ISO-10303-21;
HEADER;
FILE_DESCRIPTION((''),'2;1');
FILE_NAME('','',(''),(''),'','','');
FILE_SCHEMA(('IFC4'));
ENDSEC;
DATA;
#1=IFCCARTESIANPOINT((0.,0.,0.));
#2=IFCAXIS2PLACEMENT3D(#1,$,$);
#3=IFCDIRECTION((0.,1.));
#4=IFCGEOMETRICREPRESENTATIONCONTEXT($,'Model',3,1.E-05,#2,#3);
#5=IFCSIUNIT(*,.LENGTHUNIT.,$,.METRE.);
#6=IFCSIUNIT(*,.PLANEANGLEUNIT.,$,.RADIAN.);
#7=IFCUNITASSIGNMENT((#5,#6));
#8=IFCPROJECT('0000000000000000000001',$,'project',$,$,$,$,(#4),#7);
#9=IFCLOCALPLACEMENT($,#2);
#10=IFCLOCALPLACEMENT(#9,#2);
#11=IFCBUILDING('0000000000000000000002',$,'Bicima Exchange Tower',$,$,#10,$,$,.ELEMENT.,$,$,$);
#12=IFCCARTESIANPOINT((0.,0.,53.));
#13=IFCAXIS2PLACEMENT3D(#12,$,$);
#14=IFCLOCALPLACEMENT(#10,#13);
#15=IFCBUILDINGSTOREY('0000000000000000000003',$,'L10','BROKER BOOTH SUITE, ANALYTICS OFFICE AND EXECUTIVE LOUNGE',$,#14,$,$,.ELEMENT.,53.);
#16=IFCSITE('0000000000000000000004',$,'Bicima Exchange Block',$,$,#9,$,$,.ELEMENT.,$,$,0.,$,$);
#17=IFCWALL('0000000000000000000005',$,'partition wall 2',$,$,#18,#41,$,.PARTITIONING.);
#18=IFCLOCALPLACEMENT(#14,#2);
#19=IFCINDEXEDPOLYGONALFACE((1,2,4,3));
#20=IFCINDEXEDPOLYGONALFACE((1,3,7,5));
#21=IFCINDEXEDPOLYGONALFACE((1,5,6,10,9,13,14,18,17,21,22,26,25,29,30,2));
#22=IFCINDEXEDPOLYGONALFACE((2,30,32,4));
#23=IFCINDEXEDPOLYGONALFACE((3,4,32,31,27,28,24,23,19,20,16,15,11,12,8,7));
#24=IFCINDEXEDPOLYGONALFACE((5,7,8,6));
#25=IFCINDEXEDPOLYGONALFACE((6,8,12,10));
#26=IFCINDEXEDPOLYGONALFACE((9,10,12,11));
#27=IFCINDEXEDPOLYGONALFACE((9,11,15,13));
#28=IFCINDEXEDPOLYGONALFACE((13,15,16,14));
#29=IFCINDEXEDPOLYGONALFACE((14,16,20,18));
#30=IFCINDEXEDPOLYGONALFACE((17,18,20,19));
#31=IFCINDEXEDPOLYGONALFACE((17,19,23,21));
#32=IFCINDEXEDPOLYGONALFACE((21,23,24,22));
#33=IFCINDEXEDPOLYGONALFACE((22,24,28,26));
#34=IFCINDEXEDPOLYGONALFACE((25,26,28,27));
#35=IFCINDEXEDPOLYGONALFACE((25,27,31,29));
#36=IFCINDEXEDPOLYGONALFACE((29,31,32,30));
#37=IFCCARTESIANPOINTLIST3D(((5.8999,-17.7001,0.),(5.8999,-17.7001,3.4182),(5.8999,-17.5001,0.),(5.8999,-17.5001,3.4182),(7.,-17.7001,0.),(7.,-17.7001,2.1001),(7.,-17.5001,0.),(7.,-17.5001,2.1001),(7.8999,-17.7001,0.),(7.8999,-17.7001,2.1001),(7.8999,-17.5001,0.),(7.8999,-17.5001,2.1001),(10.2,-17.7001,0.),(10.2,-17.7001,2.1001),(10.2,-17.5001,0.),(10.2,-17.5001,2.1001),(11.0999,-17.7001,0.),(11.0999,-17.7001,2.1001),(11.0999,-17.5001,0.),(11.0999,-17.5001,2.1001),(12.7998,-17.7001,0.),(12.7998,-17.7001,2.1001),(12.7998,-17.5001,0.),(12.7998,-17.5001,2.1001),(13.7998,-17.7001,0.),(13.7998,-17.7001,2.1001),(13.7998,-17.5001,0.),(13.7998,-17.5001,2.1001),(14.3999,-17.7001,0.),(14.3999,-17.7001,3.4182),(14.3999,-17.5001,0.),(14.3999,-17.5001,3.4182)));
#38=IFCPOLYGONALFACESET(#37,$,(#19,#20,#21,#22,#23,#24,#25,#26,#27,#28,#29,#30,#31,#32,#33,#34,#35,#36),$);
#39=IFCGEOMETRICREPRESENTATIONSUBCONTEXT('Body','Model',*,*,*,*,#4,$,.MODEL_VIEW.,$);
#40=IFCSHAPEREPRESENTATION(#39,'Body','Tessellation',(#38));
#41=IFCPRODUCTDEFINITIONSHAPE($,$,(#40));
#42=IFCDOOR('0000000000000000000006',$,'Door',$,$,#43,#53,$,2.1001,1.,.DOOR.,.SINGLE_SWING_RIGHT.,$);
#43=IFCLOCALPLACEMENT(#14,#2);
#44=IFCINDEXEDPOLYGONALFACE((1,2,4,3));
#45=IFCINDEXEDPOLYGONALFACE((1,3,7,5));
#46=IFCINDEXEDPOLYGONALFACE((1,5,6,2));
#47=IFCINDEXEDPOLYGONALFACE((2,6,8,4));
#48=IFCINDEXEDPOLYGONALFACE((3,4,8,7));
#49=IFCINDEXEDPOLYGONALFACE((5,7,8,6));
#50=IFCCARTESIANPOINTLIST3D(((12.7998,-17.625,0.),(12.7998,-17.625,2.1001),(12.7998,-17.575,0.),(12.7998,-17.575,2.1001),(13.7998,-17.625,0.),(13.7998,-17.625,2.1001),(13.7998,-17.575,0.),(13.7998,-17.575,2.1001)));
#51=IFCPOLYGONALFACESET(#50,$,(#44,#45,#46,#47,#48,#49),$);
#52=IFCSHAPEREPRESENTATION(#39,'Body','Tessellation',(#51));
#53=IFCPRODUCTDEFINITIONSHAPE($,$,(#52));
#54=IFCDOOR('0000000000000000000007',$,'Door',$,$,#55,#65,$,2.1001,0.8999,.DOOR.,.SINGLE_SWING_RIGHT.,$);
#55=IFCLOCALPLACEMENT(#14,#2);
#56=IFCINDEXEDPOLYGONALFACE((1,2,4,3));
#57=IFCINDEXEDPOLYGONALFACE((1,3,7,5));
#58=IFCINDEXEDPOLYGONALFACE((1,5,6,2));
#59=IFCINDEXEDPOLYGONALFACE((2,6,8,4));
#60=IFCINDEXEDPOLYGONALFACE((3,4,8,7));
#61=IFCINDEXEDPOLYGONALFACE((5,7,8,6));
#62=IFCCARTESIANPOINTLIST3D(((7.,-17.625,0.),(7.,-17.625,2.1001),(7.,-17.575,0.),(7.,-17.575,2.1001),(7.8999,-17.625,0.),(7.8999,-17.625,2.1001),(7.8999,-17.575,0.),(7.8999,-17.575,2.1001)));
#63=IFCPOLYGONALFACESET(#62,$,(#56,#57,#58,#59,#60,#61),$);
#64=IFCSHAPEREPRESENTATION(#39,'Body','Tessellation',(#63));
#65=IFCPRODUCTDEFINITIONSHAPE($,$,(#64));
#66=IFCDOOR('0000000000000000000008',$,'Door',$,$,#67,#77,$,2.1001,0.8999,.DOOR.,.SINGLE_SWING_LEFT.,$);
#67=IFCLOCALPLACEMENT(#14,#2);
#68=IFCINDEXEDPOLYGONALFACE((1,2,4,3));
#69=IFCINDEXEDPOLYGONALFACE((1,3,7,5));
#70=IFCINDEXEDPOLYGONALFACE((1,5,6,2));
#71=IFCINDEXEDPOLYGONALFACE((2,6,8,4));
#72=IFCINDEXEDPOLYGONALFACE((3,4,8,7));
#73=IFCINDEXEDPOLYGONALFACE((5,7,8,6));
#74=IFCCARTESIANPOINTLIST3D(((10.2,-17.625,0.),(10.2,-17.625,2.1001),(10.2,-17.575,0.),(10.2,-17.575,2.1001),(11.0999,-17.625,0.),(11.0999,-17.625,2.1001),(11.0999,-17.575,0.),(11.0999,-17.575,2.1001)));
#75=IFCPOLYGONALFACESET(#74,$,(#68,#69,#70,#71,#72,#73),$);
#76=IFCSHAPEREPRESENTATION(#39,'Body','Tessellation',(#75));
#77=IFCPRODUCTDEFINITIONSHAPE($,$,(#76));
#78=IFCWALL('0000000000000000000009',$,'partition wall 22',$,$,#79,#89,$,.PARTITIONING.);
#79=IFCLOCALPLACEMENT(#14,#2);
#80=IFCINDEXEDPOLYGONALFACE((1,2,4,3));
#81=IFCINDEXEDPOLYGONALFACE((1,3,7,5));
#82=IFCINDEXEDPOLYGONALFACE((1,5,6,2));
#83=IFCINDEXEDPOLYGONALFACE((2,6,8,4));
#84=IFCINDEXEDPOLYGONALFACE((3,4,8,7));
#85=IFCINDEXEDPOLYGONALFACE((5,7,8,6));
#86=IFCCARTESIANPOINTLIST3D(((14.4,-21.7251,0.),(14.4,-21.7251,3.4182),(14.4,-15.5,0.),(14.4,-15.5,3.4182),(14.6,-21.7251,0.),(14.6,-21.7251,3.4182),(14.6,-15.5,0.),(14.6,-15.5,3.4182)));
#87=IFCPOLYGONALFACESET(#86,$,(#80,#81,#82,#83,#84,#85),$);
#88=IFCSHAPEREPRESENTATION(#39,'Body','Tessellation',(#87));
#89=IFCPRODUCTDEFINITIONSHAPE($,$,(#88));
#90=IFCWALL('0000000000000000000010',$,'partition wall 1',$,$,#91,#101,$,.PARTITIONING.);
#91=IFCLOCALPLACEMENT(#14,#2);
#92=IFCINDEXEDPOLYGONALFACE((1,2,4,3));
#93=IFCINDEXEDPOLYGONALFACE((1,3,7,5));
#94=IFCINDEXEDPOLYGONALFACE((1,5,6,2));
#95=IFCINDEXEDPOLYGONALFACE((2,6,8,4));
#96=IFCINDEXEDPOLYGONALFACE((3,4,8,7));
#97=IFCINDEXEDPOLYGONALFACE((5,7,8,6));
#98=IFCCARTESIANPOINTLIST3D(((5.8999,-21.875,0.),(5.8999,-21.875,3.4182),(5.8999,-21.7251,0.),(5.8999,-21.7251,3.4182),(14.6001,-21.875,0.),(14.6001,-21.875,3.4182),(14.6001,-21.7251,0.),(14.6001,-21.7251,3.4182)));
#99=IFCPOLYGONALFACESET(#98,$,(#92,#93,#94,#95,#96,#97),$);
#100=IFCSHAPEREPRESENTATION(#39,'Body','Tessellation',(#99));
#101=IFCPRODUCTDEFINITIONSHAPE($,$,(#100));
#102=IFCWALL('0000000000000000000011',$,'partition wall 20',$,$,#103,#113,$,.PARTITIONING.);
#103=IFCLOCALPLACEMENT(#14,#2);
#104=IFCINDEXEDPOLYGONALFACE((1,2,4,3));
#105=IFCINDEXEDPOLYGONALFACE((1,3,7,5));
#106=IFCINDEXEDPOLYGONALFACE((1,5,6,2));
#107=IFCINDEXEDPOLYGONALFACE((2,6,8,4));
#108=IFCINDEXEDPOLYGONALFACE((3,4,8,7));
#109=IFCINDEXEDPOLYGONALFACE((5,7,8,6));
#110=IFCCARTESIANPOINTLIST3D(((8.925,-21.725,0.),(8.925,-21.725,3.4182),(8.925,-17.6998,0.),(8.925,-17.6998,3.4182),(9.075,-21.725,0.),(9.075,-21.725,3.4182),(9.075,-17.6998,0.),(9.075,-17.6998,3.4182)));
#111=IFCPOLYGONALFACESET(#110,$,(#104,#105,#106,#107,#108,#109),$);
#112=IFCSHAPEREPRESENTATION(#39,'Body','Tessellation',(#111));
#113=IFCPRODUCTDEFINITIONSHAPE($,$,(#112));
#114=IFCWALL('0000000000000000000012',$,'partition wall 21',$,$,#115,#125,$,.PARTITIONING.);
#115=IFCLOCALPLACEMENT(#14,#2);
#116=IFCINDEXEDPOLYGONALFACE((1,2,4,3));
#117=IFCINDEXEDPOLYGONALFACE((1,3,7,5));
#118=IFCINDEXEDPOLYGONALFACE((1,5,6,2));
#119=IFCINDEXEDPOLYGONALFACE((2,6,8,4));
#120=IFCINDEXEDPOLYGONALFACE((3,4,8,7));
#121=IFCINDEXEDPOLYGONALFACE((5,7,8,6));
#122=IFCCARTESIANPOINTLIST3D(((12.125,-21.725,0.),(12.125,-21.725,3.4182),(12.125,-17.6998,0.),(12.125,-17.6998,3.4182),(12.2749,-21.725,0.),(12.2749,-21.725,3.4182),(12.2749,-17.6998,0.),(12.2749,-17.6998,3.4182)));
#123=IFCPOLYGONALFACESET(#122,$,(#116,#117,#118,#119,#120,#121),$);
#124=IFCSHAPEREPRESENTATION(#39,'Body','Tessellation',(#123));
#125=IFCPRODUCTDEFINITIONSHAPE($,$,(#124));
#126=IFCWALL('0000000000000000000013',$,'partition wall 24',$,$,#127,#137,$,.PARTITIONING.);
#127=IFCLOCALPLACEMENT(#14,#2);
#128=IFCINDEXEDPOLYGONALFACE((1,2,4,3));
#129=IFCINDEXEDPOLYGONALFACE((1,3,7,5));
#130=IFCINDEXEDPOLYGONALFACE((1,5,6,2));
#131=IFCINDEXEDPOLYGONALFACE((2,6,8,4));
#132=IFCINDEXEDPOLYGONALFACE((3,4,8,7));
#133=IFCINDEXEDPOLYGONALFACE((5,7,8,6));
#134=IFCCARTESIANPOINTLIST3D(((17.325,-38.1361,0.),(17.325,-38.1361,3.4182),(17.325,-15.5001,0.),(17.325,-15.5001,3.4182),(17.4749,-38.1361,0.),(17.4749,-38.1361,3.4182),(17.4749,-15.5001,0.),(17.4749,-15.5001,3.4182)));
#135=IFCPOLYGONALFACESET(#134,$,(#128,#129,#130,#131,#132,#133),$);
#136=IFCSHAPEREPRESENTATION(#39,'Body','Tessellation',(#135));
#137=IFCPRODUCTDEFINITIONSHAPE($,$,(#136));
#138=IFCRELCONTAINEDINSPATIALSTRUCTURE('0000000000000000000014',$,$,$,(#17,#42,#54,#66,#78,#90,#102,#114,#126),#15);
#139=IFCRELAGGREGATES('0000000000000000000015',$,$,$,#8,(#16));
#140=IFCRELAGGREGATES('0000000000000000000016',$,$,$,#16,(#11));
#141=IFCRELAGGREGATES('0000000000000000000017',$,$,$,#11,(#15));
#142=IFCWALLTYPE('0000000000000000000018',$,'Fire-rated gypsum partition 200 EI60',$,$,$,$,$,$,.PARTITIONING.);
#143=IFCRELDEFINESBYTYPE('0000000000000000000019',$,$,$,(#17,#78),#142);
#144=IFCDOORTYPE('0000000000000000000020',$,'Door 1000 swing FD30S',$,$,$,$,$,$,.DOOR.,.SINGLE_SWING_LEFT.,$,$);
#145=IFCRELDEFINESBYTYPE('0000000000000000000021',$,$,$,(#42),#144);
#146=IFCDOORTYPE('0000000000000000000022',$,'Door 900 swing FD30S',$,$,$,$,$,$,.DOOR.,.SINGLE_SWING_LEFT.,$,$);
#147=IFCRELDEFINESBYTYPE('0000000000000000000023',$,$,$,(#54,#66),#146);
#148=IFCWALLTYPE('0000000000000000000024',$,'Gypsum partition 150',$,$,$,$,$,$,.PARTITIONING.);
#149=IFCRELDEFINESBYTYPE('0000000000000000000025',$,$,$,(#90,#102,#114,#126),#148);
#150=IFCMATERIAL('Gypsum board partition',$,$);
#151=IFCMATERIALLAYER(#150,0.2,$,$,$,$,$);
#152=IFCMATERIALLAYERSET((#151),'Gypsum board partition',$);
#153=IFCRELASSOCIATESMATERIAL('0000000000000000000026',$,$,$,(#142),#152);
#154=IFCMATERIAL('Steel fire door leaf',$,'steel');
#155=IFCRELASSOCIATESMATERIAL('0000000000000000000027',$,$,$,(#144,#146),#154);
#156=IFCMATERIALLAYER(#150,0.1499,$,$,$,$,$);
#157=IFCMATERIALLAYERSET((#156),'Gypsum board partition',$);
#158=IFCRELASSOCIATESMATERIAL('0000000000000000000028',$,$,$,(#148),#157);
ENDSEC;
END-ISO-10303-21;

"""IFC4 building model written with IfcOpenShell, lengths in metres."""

from ifc_helpers import new_model, si_unit, direction, frame, frame_2d, origin, place, context, subcontext, project, spatial, rectangle, extrude, material, layer, layer_set, type_object, element, fill, save


model = new_model("IFC4")

# Units and contexts
model_context = context("Model", 3, precision=1e-05, world=origin(), true_north=direction((0.0, 1.0)))
body_context = subcontext(model_context, "Body", "Model", "MODEL_VIEW")
ifc_project = project(units=[si_unit("LENGTHUNIT", "METRE"), si_unit("PLANEANGLEUNIT", "RADIAN")], contexts=[model_context])

# Site, building, storey
site_placement = place(None, origin())
site = spatial("IfcSite", under=ifc_project, at=site_placement, Name="Bicima Exchange Block", CompositionType="ELEMENT", RefElevation=0.0)
building_placement = place(site_placement, origin())
building = spatial("IfcBuilding", under=site, at=building_placement, Name="Bicima Exchange Tower", CompositionType="ELEMENT")
storey_placement = place(building_placement, frame((0.0, 0.0, 53.0)))
storey = spatial("IfcBuildingStorey", under=building, at=storey_placement, Name="L10", Description="BROKER BOOTH SUITE, ANALYTICS OFFICE AND EXECUTIVE LOUNGE", CompositionType="ELEMENT", Elevation=53.0)

# Wall, openings, doors
ifc_material_1 = material(Name="Gypsum board partition")
ifc_layer_1 = layer(ifc_material_1, 0.2)
ifc_layer_set_1 = layer_set([ifc_layer_1], Name="Gypsum board partition")
wall_type_1 = type_object("IfcWallType", Name="Fire-rated gypsum partition 200 EI60", PredefinedType="PARTITIONING", material=ifc_layer_set_1)
wall_1_placement = place(storey_placement, frame((5.8999, -17.6001, 0.0), z_axis=(0.0, 0.0, 1.0), x_axis=(1.0, 0.0, 0.0)))
wall_1 = element("IfcWall", 1, at=wall_1_placement, inside=storey, type_object=wall_type_1, Name="partition wall 2", PredefinedType="PARTITIONING", context=body_context, shape_type="SweptSolid", body=[
    extrude(rectangle(XDim=8.5, YDim=0.2, at=frame_2d((4.25, 0.0))), origin(), (0.0, 0.0, 1.0), 3.4182),
])
opening_1_placement = place(wall_1_placement, frame((1.1001, 0.0, 0.0)))
opening_1 = element("IfcOpeningElement", 2, at=opening_1_placement, cuts=wall_1, PredefinedType="OPENING", context=body_context, shape_type="SweptSolid", body=[
    extrude(rectangle(XDim=0.8999, YDim=2.1001, at=frame_2d((0.45, 1.05))), frame((0.0, 0.1118, 0.0), z_axis=(0.0, -1.0, 0.0), x_axis=(1.0, 0.0, 0.0)), (0.0, 0.0, 1.0), 0.2239),
])
opening_2_placement = place(wall_1_placement, frame((4.3, 0.0, 0.0)))
opening_2 = element("IfcOpeningElement", 3, at=opening_2_placement, cuts=wall_1, PredefinedType="OPENING", context=body_context, shape_type="SweptSolid", body=[
    extrude(rectangle(XDim=0.8999, YDim=2.1001, at=frame_2d((0.45, 1.05))), frame((0.0, 0.1118, 0.0), z_axis=(0.0, -1.0, 0.0), x_axis=(1.0, 0.0, 0.0)), (0.0, 0.0, 1.0), 0.2239),
])
opening_3_placement = place(wall_1_placement, frame((6.8999, 0.0, 0.0)))
opening_3 = element("IfcOpeningElement", 4, at=opening_3_placement, cuts=wall_1, PredefinedType="OPENING", context=body_context, shape_type="SweptSolid", body=[
    extrude(rectangle(XDim=1.0, YDim=2.1001, at=frame_2d((0.5, 1.05))), frame((0.0, 0.1118, 0.0), z_axis=(0.0, -1.0, 0.0), x_axis=(1.0, 0.0, 0.0)), (0.0, 0.0, 1.0), 0.2239),
])
ifc_material_2 = material(Name="Steel fire door leaf", Category="steel")
door_type_1 = type_object("IfcDoorType", Name="Door 1000 swing FD30S", OperationType="SINGLE_SWING_LEFT", PredefinedType="DOOR", material=ifc_material_2)
door_1_placement = place(opening_3_placement, frame((1.0, 0.0, 0.0), z_axis=(0.0, 0.0, 1.0), x_axis=(-1.0, 0.0, 0.0)))
door_1 = element("IfcDoor", 5, at=door_1_placement, inside=storey, type_object=door_type_1, Name="Door", OperationType="SINGLE_SWING_RIGHT", OverallHeight=2.1001, OverallWidth=1.0, PredefinedType="DOOR", context=body_context, shape_type="SweptSolid", body=[
    extrude(rectangle(XDim=1.0, YDim=2.1001, at=frame_2d((0.5, 1.05))), frame((0.0, 0.0249, 0.0), z_axis=(0.0, -1.0, 0.0), x_axis=(1.0, 0.0, 0.0)), (0.0, 0.0, 1.0), 0.05),
])
fill(opening_3, door_1)
door_type_2 = type_object("IfcDoorType", Name="Door 900 swing FD30S", OperationType="SINGLE_SWING_LEFT", PredefinedType="DOOR", material=ifc_material_2)
door_2_placement = place(opening_1_placement, frame((0.8999, 0.0, 0.0), z_axis=(0.0, 0.0, 1.0), x_axis=(-1.0, 0.0, 0.0)))
door_2 = element("IfcDoor", 6, at=door_2_placement, inside=storey, type_object=door_type_2, Name="Door", OperationType="SINGLE_SWING_RIGHT", OverallHeight=2.1001, OverallWidth=0.8999, PredefinedType="DOOR", context=body_context, shape_type="SweptSolid", body=[
    extrude(rectangle(XDim=0.8999, YDim=2.1001, at=frame_2d((0.45, 1.05))), frame((0.0, 0.0249, 0.0), z_axis=(0.0, -1.0, 0.0), x_axis=(1.0, 0.0, 0.0)), (0.0, 0.0, 1.0), 0.05),
])
fill(opening_1, door_2)
door_3_placement = place(opening_2_placement, frame((0.8999, 0.0, 0.0), z_axis=(0.0, 0.0, 1.0), x_axis=(-1.0, 0.0, 0.0)))
door_3 = element("IfcDoor", 7, at=door_3_placement, inside=storey, type_object=door_type_2, Name="Door", OperationType="SINGLE_SWING_LEFT", OverallHeight=2.1001, OverallWidth=0.8999, PredefinedType="DOOR", context=body_context, shape_type="SweptSolid", body=[
    extrude(rectangle(XDim=0.8999, YDim=2.1001, at=frame_2d((0.45, 1.05))), frame((0.0, 0.0249, 0.0), z_axis=(0.0, -1.0, 0.0), x_axis=(1.0, 0.0, 0.0)), (0.0, 0.0, 1.0), 0.05),
])
fill(opening_2, door_3)

# Walls
wall_2_placement = place(storey_placement, frame((14.5, -21.7251, 0.0), z_axis=(0.0, 0.0, 1.0), x_axis=(0.0, 1.0, 0.0)))
element("IfcWall", 8, at=wall_2_placement, inside=storey, type_object=wall_type_1, Name="partition wall 22", PredefinedType="PARTITIONING", context=body_context, shape_type="SweptSolid", body=[
    extrude(rectangle(XDim=6.2251, YDim=0.2, at=frame_2d((3.1125, 0.0))), origin(), (0.0, 0.0, 1.0), 3.4182),
])
ifc_layer_2 = layer(ifc_material_1, 0.1499)
ifc_layer_set_2 = layer_set([ifc_layer_2], Name="Gypsum board partition")
wall_type_2 = type_object("IfcWallType", Name="Gypsum partition 150", PredefinedType="PARTITIONING", material=ifc_layer_set_2)
wall_3_placement = place(storey_placement, frame((5.8999, -21.8, 0.0), z_axis=(0.0, 0.0, 1.0), x_axis=(1.0, 0.0, 0.0)))
element("IfcWall", 9, at=wall_3_placement, inside=storey, type_object=wall_type_2, Name="partition wall 1", PredefinedType="PARTITIONING", context=body_context, shape_type="SweptSolid", body=[
    extrude(rectangle(XDim=8.7002, YDim=0.1499, at=frame_2d((4.3501, 0.0))), origin(), (0.0, 0.0, 1.0), 3.4182),
])
for number, where, z_axis, x_axis, name in (
    (10, (9.0, -21.7251, 0.0), (0.0, 0.0, 1.0), (0.0, 1.0, 0.0), "partition wall 20"),
    (11, (12.2, -21.7251, 0.0), (0.0, 0.0, 1.0), (0.0, 1.0, 0.0), "partition wall 21"),
):
    element("IfcWall", number, at=place(storey_placement, frame(where, z_axis=z_axis, x_axis=x_axis)), inside=storey, type_object=wall_type_2, Name=name, PredefinedType="PARTITIONING", context=body_context, shape_type="SweptSolid", body=[
        extrude(rectangle(XDim=4.0251, YDim=0.1499, at=frame_2d((2.0127, 0.0))), origin(), (0.0, 0.0, 1.0), 3.4182),
    ])
wall_4_placement = place(storey_placement, frame((17.3999, -38.136, 0.0), z_axis=(0.0, 0.0, 1.0), x_axis=(0.0, 1.0, 0.0)))
element("IfcWall", 12, at=wall_4_placement, inside=storey, type_object=wall_type_2, Name="partition wall 24", PredefinedType="PARTITIONING", context=body_context, shape_type="SweptSolid", body=[
    extrude(rectangle(XDim=22.636, YDim=0.1499, at=frame_2d((11.3179, 0.0))), origin(), (0.0, 0.0, 1.0), 3.4182),
])

save(model, "model.ifc")
